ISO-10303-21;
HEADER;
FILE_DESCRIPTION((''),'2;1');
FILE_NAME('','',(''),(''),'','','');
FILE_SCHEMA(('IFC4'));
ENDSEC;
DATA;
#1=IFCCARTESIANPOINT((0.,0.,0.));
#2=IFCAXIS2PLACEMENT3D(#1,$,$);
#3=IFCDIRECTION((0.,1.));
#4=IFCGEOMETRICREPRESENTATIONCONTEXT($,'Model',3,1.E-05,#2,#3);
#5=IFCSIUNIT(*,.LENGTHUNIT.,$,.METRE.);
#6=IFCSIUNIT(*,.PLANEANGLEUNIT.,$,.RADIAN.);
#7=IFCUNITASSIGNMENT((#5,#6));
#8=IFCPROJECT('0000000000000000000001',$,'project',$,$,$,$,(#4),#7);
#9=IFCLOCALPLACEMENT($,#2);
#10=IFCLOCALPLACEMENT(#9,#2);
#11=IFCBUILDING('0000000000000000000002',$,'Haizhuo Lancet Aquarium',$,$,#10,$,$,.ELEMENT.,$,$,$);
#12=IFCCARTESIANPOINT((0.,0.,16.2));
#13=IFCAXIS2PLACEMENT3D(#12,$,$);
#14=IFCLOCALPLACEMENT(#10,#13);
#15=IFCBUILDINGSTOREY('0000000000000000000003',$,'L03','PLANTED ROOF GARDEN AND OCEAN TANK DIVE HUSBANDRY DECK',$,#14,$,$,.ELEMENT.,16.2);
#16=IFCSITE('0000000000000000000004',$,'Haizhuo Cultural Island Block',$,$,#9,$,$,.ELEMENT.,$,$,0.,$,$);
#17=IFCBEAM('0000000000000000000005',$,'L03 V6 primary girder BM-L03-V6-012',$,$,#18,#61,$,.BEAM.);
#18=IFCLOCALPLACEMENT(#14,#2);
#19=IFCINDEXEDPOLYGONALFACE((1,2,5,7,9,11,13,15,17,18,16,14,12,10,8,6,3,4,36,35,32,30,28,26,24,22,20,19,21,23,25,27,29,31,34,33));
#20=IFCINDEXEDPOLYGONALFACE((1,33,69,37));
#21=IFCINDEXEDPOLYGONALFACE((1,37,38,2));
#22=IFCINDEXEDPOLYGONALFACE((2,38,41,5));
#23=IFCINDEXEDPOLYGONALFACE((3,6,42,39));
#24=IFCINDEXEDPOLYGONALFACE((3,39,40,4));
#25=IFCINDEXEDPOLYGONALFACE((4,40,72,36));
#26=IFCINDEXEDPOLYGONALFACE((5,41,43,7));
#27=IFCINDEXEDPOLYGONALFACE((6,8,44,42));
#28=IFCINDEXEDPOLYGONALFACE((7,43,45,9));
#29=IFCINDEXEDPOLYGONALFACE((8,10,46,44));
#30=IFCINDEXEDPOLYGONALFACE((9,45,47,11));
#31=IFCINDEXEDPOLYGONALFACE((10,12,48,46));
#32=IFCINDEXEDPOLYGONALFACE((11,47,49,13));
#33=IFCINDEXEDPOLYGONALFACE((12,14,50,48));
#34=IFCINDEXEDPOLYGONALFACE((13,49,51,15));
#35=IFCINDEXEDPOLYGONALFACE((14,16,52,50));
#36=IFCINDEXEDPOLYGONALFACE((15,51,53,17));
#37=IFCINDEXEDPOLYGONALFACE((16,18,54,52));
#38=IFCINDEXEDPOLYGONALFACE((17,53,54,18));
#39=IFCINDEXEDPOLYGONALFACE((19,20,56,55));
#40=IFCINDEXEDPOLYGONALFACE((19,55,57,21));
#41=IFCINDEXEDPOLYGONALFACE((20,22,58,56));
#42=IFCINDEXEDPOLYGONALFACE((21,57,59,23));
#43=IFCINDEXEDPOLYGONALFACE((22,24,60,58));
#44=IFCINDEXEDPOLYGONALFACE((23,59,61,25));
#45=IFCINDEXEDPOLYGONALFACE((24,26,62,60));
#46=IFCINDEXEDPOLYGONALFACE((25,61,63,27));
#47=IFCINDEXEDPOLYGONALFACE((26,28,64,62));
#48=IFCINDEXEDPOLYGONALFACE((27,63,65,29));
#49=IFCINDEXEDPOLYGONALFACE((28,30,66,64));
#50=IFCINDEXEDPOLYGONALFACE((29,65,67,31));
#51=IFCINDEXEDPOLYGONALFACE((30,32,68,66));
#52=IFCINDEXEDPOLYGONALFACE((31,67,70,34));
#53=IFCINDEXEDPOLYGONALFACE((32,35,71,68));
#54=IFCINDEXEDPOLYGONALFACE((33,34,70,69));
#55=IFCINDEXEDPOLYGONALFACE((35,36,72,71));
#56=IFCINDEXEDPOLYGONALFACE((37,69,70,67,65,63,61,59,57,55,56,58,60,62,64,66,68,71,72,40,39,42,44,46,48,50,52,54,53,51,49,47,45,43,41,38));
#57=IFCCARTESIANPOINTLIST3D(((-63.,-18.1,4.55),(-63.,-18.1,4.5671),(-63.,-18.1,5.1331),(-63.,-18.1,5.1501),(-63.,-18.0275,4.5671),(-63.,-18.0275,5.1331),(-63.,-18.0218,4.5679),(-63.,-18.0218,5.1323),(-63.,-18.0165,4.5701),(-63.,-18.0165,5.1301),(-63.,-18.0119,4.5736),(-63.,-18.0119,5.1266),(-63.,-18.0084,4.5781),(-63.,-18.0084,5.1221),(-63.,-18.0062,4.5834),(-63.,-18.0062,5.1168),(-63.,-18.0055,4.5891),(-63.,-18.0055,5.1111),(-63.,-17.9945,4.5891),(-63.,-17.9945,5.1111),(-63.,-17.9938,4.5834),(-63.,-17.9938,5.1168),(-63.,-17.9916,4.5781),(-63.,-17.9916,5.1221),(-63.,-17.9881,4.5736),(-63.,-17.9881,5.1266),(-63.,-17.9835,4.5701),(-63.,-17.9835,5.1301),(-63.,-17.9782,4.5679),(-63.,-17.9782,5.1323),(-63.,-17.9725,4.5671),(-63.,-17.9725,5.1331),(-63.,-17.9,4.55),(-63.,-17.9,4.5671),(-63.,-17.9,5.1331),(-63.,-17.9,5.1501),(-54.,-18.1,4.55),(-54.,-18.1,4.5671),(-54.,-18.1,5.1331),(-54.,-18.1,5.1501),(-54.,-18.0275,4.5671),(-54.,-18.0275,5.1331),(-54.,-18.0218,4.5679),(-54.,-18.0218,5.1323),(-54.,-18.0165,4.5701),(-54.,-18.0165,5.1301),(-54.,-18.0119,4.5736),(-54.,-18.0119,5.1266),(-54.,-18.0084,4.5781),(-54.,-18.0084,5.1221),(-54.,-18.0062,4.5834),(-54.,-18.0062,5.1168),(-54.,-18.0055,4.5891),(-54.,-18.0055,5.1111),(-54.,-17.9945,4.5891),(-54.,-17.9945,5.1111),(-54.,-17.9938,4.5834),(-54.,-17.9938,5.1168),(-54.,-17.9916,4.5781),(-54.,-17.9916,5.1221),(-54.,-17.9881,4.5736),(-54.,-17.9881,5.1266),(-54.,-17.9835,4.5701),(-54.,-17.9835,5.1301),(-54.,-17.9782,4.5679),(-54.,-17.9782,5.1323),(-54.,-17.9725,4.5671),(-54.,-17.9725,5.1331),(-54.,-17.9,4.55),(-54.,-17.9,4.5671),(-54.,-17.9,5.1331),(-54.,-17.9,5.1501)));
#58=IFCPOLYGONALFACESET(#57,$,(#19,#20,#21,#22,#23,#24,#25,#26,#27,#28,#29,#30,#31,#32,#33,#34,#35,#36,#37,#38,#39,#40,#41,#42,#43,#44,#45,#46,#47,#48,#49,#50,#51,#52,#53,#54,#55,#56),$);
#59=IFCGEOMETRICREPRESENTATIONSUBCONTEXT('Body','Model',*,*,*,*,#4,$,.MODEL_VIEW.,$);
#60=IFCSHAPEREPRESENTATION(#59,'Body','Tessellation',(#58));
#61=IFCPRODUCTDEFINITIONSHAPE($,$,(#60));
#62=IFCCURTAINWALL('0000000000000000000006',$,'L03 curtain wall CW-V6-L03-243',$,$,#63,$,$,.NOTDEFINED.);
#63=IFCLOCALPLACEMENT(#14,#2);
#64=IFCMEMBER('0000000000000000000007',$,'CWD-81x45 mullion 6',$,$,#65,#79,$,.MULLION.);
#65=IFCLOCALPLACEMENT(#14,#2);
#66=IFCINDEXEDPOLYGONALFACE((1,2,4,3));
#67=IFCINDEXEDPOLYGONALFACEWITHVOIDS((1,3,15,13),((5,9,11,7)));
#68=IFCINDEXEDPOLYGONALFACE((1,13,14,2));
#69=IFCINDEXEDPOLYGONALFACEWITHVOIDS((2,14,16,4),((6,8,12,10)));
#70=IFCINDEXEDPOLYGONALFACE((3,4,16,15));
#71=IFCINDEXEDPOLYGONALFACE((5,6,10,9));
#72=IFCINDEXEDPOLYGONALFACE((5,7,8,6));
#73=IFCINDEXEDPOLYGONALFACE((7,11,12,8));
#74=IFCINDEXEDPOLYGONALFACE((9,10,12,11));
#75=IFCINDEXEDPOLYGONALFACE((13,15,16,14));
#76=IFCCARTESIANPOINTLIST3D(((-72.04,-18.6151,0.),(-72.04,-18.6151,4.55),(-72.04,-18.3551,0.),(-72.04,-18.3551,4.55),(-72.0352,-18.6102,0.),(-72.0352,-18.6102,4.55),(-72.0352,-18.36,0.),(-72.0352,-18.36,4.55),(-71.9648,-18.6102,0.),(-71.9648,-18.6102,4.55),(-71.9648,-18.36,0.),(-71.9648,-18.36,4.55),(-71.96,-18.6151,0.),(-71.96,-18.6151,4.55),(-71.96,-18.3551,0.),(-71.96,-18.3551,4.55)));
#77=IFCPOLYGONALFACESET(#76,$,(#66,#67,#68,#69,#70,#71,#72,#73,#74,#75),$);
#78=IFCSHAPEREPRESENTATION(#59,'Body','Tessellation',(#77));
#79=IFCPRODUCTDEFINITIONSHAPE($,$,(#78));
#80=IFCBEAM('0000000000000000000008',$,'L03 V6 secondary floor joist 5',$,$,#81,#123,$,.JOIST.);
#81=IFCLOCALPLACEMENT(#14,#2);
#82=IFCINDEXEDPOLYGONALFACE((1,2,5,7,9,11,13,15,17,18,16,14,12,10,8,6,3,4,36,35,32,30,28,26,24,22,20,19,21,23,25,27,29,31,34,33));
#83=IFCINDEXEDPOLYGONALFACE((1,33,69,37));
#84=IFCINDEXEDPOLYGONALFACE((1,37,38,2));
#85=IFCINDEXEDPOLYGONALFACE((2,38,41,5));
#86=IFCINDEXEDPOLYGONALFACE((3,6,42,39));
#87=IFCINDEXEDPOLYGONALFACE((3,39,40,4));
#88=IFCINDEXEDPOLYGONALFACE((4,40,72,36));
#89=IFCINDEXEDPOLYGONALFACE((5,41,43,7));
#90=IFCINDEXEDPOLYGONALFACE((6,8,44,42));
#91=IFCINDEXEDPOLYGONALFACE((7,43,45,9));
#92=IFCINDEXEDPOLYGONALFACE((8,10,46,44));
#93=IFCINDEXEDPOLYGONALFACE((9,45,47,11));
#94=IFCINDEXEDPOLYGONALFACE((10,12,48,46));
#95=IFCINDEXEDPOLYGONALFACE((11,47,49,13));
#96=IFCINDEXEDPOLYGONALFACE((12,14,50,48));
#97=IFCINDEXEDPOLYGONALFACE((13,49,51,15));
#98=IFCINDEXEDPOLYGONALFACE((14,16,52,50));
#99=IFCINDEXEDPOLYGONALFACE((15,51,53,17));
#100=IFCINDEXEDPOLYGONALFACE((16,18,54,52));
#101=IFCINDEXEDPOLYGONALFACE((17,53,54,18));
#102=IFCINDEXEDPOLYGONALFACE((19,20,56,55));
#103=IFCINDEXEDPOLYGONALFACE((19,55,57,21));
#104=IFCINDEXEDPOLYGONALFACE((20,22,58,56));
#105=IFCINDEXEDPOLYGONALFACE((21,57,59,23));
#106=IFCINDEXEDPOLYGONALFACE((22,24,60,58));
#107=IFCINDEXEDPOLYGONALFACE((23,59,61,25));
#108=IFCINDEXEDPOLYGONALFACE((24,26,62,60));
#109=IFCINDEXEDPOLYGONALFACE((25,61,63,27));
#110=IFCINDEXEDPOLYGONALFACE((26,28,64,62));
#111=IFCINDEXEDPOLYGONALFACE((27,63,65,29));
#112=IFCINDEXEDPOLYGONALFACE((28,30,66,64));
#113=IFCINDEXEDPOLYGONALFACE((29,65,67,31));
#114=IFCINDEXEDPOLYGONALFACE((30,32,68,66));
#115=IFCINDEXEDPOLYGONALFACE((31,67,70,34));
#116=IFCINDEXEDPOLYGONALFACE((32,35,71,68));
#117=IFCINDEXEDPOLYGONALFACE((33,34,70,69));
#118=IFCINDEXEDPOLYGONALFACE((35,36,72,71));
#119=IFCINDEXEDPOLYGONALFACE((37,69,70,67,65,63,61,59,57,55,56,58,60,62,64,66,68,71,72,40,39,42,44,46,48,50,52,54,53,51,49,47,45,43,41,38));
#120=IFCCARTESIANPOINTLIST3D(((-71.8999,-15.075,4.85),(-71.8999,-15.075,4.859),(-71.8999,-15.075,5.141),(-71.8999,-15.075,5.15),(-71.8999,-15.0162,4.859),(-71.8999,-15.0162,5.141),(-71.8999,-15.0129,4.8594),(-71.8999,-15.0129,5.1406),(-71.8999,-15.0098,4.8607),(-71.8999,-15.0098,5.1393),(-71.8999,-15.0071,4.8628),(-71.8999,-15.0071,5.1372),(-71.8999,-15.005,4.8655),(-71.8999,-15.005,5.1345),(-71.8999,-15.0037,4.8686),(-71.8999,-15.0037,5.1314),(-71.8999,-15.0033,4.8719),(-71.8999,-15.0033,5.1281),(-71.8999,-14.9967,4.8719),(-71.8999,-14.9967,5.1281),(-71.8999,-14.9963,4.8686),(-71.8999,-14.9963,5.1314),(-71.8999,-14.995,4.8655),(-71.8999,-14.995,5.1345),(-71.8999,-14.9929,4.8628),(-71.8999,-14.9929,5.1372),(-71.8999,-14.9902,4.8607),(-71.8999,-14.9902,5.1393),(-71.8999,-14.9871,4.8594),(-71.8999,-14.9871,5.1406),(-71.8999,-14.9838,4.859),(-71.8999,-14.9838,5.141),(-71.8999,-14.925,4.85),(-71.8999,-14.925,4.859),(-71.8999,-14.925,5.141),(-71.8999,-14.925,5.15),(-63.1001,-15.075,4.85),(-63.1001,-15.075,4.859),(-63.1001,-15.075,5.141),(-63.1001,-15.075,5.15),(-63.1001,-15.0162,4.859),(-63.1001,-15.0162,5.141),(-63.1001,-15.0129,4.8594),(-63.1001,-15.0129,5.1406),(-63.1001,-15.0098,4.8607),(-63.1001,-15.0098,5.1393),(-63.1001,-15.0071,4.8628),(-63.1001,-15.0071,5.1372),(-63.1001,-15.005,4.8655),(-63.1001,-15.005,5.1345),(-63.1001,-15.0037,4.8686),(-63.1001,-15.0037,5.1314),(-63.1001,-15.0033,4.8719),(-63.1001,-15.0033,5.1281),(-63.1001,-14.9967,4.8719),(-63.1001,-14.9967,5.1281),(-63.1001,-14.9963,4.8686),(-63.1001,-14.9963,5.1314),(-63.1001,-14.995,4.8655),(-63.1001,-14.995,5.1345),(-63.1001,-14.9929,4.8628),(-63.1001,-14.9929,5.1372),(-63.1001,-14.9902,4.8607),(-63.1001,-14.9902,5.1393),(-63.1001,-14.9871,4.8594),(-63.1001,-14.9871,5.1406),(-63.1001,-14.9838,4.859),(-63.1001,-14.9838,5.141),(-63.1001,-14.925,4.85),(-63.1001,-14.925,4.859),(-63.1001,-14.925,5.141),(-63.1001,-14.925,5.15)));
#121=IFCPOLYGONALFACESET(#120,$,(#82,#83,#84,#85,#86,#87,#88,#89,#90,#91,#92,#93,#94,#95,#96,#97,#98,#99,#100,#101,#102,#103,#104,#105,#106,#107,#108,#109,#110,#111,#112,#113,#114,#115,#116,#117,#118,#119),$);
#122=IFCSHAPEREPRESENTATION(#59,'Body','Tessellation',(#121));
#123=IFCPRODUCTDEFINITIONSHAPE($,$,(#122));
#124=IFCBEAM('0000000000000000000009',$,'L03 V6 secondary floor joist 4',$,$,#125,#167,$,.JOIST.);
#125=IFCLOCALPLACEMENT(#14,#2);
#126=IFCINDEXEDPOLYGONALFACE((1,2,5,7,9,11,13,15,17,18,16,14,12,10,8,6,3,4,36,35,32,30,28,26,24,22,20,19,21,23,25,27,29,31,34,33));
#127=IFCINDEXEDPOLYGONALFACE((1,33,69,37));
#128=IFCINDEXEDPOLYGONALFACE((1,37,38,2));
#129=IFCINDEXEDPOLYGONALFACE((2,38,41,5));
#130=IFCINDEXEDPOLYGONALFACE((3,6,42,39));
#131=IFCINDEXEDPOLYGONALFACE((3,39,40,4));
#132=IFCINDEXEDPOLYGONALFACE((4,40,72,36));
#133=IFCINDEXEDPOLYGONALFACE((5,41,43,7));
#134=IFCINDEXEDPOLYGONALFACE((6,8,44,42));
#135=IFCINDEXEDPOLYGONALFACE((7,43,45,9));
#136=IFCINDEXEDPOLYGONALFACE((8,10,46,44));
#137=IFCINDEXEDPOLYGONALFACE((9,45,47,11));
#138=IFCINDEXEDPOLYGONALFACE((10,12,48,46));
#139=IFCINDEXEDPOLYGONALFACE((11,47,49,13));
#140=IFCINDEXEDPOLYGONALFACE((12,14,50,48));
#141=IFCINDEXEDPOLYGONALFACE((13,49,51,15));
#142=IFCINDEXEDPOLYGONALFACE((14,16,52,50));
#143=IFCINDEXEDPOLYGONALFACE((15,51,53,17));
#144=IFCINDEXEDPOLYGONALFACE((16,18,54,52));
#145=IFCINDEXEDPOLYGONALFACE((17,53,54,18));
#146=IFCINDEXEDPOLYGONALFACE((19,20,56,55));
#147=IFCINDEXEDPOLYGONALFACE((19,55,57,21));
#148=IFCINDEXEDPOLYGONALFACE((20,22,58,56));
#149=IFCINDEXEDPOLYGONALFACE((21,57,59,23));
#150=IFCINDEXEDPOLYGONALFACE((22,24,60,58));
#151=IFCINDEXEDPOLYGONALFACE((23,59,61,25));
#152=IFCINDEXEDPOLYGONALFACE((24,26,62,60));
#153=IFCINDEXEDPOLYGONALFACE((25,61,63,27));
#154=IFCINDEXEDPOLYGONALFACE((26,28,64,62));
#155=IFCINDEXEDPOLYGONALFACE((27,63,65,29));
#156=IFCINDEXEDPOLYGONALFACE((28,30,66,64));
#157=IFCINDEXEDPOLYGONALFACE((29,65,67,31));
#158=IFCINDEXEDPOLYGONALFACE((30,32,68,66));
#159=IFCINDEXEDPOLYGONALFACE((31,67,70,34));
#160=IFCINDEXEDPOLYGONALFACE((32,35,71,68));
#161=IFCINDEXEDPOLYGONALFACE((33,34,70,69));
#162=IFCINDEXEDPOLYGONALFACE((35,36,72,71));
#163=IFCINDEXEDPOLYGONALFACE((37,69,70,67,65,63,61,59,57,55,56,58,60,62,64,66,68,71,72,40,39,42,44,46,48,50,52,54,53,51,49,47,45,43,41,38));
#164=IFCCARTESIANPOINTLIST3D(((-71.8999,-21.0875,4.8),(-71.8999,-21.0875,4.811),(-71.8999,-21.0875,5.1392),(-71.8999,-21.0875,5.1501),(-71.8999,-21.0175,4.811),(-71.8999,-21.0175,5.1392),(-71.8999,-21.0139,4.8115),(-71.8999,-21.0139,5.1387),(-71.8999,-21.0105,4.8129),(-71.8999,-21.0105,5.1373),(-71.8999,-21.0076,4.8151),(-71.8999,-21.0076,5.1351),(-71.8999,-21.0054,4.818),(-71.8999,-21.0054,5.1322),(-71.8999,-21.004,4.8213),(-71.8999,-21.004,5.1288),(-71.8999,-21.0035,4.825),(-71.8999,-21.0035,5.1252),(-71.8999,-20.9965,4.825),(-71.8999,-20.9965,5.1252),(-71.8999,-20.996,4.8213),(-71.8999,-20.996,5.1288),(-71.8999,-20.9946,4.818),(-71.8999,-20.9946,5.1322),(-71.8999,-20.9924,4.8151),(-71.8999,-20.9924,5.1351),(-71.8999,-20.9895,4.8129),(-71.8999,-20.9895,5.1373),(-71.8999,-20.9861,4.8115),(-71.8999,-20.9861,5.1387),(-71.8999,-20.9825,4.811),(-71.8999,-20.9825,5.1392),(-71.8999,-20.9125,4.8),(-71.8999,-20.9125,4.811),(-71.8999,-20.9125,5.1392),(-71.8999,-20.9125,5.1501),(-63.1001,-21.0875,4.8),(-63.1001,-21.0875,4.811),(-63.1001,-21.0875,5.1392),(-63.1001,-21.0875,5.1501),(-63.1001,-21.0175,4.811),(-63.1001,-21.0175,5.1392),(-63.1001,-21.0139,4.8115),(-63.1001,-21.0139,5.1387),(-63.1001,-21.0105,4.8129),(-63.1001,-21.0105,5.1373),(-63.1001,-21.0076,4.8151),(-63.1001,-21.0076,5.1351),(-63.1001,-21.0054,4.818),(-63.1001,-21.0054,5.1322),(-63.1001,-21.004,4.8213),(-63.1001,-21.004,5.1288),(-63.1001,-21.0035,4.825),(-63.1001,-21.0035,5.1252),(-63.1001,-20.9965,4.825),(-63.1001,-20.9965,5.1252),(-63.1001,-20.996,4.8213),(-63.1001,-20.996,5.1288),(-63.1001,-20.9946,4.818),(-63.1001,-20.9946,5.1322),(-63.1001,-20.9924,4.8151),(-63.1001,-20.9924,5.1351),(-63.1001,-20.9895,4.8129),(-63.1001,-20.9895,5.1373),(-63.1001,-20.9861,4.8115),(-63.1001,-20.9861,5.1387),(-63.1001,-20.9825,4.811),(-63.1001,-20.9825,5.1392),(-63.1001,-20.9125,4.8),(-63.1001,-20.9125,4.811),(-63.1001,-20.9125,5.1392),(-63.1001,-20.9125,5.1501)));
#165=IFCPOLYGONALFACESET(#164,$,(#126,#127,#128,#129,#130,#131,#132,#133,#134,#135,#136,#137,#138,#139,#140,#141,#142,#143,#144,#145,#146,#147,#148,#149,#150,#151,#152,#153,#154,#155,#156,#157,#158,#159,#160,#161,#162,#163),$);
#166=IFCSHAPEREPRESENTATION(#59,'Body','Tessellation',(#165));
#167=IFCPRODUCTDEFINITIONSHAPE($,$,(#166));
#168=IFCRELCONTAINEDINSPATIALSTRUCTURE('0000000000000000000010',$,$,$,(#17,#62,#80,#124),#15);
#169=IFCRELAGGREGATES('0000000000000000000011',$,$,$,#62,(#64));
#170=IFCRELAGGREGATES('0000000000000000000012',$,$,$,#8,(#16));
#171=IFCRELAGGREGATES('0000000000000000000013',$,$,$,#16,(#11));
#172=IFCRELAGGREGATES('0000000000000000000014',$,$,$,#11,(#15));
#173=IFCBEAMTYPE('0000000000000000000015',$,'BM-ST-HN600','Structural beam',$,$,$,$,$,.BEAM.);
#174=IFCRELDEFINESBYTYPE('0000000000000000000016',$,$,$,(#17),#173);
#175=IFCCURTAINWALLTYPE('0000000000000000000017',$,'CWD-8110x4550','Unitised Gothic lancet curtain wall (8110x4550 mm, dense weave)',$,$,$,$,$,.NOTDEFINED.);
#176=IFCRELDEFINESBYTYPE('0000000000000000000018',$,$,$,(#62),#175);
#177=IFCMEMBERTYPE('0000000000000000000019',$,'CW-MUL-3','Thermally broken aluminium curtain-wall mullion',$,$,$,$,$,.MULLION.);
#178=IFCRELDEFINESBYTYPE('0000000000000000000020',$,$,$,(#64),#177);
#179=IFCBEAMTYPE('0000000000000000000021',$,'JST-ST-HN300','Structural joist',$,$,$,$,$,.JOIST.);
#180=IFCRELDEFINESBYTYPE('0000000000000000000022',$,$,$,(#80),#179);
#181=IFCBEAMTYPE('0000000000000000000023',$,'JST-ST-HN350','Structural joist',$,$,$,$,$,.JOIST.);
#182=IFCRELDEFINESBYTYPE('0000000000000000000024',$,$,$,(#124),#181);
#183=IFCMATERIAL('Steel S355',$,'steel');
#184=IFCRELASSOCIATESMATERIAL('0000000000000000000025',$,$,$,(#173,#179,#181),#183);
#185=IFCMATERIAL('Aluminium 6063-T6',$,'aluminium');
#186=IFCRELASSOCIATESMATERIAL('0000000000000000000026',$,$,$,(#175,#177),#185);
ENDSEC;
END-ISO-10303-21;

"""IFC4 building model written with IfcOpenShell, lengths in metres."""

from ifc_helpers import new_model, si_unit, direction, frame, origin, origin_2d, place, context, subcontext, project, spatial, hollow_rectangle, i_section, extrude, material, material_profile, profile_set, type_object, element, aggregate, save


model = new_model("IFC4")

# Units and contexts
model_context = context("Model", 3, precision=1e-05, world=origin(), true_north=direction((0.0, 1.0)))
body_context = subcontext(model_context, "Body", "Model", "MODEL_VIEW")
ifc_project = project(units=[si_unit("LENGTHUNIT", "METRE"), si_unit("PLANEANGLEUNIT", "RADIAN")], contexts=[model_context])

# Site, building, storey
site_placement = place(None, origin())
site = spatial("IfcSite", under=ifc_project, at=site_placement, Name="Haizhuo Cultural Island Block", CompositionType="ELEMENT", RefElevation=0.0)
building_placement = place(site_placement, origin())
building = spatial("IfcBuilding", under=site, at=building_placement, Name="Haizhuo Lancet Aquarium", CompositionType="ELEMENT")
storey_placement = place(building_placement, frame((0.0, 0.0, 16.2)))
storey = spatial("IfcBuildingStorey", under=building, at=storey_placement, Name="L03", Description="PLANTED ROOF GARDEN AND OCEAN TANK DIVE HUSBANDRY DECK", CompositionType="ELEMENT", Elevation=16.2)

# Beam
ifc_material_1 = material(Name="Steel S355", Category="steel")
ifc_material_profile_1 = material_profile(ifc_material_1, i_section(OverallWidth=0.2, OverallDepth=0.6001, WebThickness=0.011, FlangeThickness=0.0171, FilletRadius=0.022, at=origin_2d()), Name="HN 600x200x11x17")
ifc_profile_set_1 = profile_set([ifc_material_profile_1], Name="Steel S355")
beam_type_1 = type_object("IfcBeamType", Name="BM-ST-HN600", Description="Structural beam", PredefinedType="BEAM", material=ifc_profile_set_1)
for number, where, z_axis, x_axis, name in (
    (1, (-63.0, -18.0, 4.8501), (1.0, 0.0, 0.0), (0.0, 1.0, 0.0), "L03 V6 primary girder BM-L03-V6-012"),
):
    element("IfcBeam", number, at=place(storey_placement, frame(where, z_axis=z_axis, x_axis=x_axis)), inside=storey, type_object=beam_type_1, Name=name, PredefinedType="BEAM", context=body_context, shape_type="SweptSolid", body=[
        extrude(i_section(OverallWidth=0.2, OverallDepth=0.6001, WebThickness=0.011, FlangeThickness=0.0171, FilletRadius=0.022, at=origin_2d()), origin(), (0.0, 0.0, 1.0), 9.0),
    ])

# Curtain wall, member
ifc_material_2 = material(Name="Aluminium 6063-T6", Category="aluminium")
curtain_wall_type = type_object("IfcCurtainWallType", Name="CWD-8110x4550", Description="Unitised Gothic lancet curtain wall (8110x4550 mm, dense weave)", PredefinedType="NOTDEFINED", material=ifc_material_2)
curtain_wall_placement = place(storey_placement, origin())
curtain_wall = element("IfcCurtainWall", 2, at=curtain_wall_placement, inside=storey, type_object=curtain_wall_type, Name="L03 curtain wall CW-V6-L03-243", PredefinedType="NOTDEFINED")
ifc_material_profile_2 = material_profile(ifc_material_2, hollow_rectangle(XDim=0.0801, YDim=0.26, WallThickness=0.0049, at=origin_2d()), Name="ALU-M 80x260x5")
ifc_profile_set_2 = profile_set([ifc_material_profile_2], Name="Aluminium 6063-T6")
member_type_1 = type_object("IfcMemberType", Name="CW-MUL-3", Description="Thermally broken aluminium curtain-wall mullion", PredefinedType="MULLION", material=ifc_profile_set_2)
member_1_placement = place(storey_placement, frame((-72.0, -18.4851, 0.0), z_axis=(0.0, 0.0, 1.0), x_axis=(-1.0, 0.0, 0.0)))
member_1 = element("IfcMember", 3, at=member_1_placement, type_object=member_type_1, Name="CWD-81x45 mullion 6", PredefinedType="MULLION", context=body_context, shape_type="SweptSolid", body=[
    extrude(hollow_rectangle(XDim=0.0801, YDim=0.26, WallThickness=0.0049, at=origin_2d()), origin(), (0.0, 0.0, 1.0), 4.55),
])

# Beams
ifc_material_profile_3 = material_profile(ifc_material_1, i_section(OverallWidth=0.1499, OverallDepth=0.3, WebThickness=0.0066, FlangeThickness=0.009, FilletRadius=0.0129, at=origin_2d()), Name="HN 300x150x6.5x9")
ifc_profile_set_3 = profile_set([ifc_material_profile_3], Name="Steel S355")
beam_type_2 = type_object("IfcBeamType", Name="JST-ST-HN300", Description="Structural joist", PredefinedType="JOIST", material=ifc_profile_set_3)
beam_1_placement = place(storey_placement, frame((-71.8999, -15.0, 5.0), z_axis=(1.0, 0.0, 0.0), x_axis=(0.0, 1.0, 0.0)))
element("IfcBeam", 4, at=beam_1_placement, inside=storey, type_object=beam_type_2, Name="L03 V6 secondary floor joist 5", PredefinedType="JOIST", context=body_context, shape_type="SweptSolid", body=[
    extrude(i_section(OverallWidth=0.1499, OverallDepth=0.3, WebThickness=0.0066, FlangeThickness=0.009, FilletRadius=0.0129, at=origin_2d()), origin(), (0.0, 0.0, 1.0), 8.7998),
])
ifc_material_profile_4 = material_profile(ifc_material_1, i_section(OverallWidth=0.175, OverallDepth=0.3501, WebThickness=0.0071, FlangeThickness=0.011, FilletRadius=0.0139, at=origin_2d()), Name="HN 350x175x7x11")
ifc_profile_set_4 = profile_set([ifc_material_profile_4], Name="Steel S355")
beam_type_3 = type_object("IfcBeamType", Name="JST-ST-HN350", Description="Structural joist", PredefinedType="JOIST", material=ifc_profile_set_4)
for number, where, z_axis, x_axis, name in (
    (5, (-71.8999, -21.0, 4.9751), (1.0, 0.0, 0.0), (0.0, 1.0, 0.0), "L03 V6 secondary floor joist 4"),
):
    element("IfcBeam", number, at=place(storey_placement, frame(where, z_axis=z_axis, x_axis=x_axis)), inside=storey, type_object=beam_type_3, Name=name, PredefinedType="JOIST", context=body_context, shape_type="SweptSolid", body=[
        extrude(i_section(OverallWidth=0.175, OverallDepth=0.3501, WebThickness=0.0071, FlangeThickness=0.011, FilletRadius=0.0139, at=origin_2d()), origin(), (0.0, 0.0, 1.0), 8.7998),
    ])

aggregate(curtain_wall, [member_1])

save(model, "model.ifc")
